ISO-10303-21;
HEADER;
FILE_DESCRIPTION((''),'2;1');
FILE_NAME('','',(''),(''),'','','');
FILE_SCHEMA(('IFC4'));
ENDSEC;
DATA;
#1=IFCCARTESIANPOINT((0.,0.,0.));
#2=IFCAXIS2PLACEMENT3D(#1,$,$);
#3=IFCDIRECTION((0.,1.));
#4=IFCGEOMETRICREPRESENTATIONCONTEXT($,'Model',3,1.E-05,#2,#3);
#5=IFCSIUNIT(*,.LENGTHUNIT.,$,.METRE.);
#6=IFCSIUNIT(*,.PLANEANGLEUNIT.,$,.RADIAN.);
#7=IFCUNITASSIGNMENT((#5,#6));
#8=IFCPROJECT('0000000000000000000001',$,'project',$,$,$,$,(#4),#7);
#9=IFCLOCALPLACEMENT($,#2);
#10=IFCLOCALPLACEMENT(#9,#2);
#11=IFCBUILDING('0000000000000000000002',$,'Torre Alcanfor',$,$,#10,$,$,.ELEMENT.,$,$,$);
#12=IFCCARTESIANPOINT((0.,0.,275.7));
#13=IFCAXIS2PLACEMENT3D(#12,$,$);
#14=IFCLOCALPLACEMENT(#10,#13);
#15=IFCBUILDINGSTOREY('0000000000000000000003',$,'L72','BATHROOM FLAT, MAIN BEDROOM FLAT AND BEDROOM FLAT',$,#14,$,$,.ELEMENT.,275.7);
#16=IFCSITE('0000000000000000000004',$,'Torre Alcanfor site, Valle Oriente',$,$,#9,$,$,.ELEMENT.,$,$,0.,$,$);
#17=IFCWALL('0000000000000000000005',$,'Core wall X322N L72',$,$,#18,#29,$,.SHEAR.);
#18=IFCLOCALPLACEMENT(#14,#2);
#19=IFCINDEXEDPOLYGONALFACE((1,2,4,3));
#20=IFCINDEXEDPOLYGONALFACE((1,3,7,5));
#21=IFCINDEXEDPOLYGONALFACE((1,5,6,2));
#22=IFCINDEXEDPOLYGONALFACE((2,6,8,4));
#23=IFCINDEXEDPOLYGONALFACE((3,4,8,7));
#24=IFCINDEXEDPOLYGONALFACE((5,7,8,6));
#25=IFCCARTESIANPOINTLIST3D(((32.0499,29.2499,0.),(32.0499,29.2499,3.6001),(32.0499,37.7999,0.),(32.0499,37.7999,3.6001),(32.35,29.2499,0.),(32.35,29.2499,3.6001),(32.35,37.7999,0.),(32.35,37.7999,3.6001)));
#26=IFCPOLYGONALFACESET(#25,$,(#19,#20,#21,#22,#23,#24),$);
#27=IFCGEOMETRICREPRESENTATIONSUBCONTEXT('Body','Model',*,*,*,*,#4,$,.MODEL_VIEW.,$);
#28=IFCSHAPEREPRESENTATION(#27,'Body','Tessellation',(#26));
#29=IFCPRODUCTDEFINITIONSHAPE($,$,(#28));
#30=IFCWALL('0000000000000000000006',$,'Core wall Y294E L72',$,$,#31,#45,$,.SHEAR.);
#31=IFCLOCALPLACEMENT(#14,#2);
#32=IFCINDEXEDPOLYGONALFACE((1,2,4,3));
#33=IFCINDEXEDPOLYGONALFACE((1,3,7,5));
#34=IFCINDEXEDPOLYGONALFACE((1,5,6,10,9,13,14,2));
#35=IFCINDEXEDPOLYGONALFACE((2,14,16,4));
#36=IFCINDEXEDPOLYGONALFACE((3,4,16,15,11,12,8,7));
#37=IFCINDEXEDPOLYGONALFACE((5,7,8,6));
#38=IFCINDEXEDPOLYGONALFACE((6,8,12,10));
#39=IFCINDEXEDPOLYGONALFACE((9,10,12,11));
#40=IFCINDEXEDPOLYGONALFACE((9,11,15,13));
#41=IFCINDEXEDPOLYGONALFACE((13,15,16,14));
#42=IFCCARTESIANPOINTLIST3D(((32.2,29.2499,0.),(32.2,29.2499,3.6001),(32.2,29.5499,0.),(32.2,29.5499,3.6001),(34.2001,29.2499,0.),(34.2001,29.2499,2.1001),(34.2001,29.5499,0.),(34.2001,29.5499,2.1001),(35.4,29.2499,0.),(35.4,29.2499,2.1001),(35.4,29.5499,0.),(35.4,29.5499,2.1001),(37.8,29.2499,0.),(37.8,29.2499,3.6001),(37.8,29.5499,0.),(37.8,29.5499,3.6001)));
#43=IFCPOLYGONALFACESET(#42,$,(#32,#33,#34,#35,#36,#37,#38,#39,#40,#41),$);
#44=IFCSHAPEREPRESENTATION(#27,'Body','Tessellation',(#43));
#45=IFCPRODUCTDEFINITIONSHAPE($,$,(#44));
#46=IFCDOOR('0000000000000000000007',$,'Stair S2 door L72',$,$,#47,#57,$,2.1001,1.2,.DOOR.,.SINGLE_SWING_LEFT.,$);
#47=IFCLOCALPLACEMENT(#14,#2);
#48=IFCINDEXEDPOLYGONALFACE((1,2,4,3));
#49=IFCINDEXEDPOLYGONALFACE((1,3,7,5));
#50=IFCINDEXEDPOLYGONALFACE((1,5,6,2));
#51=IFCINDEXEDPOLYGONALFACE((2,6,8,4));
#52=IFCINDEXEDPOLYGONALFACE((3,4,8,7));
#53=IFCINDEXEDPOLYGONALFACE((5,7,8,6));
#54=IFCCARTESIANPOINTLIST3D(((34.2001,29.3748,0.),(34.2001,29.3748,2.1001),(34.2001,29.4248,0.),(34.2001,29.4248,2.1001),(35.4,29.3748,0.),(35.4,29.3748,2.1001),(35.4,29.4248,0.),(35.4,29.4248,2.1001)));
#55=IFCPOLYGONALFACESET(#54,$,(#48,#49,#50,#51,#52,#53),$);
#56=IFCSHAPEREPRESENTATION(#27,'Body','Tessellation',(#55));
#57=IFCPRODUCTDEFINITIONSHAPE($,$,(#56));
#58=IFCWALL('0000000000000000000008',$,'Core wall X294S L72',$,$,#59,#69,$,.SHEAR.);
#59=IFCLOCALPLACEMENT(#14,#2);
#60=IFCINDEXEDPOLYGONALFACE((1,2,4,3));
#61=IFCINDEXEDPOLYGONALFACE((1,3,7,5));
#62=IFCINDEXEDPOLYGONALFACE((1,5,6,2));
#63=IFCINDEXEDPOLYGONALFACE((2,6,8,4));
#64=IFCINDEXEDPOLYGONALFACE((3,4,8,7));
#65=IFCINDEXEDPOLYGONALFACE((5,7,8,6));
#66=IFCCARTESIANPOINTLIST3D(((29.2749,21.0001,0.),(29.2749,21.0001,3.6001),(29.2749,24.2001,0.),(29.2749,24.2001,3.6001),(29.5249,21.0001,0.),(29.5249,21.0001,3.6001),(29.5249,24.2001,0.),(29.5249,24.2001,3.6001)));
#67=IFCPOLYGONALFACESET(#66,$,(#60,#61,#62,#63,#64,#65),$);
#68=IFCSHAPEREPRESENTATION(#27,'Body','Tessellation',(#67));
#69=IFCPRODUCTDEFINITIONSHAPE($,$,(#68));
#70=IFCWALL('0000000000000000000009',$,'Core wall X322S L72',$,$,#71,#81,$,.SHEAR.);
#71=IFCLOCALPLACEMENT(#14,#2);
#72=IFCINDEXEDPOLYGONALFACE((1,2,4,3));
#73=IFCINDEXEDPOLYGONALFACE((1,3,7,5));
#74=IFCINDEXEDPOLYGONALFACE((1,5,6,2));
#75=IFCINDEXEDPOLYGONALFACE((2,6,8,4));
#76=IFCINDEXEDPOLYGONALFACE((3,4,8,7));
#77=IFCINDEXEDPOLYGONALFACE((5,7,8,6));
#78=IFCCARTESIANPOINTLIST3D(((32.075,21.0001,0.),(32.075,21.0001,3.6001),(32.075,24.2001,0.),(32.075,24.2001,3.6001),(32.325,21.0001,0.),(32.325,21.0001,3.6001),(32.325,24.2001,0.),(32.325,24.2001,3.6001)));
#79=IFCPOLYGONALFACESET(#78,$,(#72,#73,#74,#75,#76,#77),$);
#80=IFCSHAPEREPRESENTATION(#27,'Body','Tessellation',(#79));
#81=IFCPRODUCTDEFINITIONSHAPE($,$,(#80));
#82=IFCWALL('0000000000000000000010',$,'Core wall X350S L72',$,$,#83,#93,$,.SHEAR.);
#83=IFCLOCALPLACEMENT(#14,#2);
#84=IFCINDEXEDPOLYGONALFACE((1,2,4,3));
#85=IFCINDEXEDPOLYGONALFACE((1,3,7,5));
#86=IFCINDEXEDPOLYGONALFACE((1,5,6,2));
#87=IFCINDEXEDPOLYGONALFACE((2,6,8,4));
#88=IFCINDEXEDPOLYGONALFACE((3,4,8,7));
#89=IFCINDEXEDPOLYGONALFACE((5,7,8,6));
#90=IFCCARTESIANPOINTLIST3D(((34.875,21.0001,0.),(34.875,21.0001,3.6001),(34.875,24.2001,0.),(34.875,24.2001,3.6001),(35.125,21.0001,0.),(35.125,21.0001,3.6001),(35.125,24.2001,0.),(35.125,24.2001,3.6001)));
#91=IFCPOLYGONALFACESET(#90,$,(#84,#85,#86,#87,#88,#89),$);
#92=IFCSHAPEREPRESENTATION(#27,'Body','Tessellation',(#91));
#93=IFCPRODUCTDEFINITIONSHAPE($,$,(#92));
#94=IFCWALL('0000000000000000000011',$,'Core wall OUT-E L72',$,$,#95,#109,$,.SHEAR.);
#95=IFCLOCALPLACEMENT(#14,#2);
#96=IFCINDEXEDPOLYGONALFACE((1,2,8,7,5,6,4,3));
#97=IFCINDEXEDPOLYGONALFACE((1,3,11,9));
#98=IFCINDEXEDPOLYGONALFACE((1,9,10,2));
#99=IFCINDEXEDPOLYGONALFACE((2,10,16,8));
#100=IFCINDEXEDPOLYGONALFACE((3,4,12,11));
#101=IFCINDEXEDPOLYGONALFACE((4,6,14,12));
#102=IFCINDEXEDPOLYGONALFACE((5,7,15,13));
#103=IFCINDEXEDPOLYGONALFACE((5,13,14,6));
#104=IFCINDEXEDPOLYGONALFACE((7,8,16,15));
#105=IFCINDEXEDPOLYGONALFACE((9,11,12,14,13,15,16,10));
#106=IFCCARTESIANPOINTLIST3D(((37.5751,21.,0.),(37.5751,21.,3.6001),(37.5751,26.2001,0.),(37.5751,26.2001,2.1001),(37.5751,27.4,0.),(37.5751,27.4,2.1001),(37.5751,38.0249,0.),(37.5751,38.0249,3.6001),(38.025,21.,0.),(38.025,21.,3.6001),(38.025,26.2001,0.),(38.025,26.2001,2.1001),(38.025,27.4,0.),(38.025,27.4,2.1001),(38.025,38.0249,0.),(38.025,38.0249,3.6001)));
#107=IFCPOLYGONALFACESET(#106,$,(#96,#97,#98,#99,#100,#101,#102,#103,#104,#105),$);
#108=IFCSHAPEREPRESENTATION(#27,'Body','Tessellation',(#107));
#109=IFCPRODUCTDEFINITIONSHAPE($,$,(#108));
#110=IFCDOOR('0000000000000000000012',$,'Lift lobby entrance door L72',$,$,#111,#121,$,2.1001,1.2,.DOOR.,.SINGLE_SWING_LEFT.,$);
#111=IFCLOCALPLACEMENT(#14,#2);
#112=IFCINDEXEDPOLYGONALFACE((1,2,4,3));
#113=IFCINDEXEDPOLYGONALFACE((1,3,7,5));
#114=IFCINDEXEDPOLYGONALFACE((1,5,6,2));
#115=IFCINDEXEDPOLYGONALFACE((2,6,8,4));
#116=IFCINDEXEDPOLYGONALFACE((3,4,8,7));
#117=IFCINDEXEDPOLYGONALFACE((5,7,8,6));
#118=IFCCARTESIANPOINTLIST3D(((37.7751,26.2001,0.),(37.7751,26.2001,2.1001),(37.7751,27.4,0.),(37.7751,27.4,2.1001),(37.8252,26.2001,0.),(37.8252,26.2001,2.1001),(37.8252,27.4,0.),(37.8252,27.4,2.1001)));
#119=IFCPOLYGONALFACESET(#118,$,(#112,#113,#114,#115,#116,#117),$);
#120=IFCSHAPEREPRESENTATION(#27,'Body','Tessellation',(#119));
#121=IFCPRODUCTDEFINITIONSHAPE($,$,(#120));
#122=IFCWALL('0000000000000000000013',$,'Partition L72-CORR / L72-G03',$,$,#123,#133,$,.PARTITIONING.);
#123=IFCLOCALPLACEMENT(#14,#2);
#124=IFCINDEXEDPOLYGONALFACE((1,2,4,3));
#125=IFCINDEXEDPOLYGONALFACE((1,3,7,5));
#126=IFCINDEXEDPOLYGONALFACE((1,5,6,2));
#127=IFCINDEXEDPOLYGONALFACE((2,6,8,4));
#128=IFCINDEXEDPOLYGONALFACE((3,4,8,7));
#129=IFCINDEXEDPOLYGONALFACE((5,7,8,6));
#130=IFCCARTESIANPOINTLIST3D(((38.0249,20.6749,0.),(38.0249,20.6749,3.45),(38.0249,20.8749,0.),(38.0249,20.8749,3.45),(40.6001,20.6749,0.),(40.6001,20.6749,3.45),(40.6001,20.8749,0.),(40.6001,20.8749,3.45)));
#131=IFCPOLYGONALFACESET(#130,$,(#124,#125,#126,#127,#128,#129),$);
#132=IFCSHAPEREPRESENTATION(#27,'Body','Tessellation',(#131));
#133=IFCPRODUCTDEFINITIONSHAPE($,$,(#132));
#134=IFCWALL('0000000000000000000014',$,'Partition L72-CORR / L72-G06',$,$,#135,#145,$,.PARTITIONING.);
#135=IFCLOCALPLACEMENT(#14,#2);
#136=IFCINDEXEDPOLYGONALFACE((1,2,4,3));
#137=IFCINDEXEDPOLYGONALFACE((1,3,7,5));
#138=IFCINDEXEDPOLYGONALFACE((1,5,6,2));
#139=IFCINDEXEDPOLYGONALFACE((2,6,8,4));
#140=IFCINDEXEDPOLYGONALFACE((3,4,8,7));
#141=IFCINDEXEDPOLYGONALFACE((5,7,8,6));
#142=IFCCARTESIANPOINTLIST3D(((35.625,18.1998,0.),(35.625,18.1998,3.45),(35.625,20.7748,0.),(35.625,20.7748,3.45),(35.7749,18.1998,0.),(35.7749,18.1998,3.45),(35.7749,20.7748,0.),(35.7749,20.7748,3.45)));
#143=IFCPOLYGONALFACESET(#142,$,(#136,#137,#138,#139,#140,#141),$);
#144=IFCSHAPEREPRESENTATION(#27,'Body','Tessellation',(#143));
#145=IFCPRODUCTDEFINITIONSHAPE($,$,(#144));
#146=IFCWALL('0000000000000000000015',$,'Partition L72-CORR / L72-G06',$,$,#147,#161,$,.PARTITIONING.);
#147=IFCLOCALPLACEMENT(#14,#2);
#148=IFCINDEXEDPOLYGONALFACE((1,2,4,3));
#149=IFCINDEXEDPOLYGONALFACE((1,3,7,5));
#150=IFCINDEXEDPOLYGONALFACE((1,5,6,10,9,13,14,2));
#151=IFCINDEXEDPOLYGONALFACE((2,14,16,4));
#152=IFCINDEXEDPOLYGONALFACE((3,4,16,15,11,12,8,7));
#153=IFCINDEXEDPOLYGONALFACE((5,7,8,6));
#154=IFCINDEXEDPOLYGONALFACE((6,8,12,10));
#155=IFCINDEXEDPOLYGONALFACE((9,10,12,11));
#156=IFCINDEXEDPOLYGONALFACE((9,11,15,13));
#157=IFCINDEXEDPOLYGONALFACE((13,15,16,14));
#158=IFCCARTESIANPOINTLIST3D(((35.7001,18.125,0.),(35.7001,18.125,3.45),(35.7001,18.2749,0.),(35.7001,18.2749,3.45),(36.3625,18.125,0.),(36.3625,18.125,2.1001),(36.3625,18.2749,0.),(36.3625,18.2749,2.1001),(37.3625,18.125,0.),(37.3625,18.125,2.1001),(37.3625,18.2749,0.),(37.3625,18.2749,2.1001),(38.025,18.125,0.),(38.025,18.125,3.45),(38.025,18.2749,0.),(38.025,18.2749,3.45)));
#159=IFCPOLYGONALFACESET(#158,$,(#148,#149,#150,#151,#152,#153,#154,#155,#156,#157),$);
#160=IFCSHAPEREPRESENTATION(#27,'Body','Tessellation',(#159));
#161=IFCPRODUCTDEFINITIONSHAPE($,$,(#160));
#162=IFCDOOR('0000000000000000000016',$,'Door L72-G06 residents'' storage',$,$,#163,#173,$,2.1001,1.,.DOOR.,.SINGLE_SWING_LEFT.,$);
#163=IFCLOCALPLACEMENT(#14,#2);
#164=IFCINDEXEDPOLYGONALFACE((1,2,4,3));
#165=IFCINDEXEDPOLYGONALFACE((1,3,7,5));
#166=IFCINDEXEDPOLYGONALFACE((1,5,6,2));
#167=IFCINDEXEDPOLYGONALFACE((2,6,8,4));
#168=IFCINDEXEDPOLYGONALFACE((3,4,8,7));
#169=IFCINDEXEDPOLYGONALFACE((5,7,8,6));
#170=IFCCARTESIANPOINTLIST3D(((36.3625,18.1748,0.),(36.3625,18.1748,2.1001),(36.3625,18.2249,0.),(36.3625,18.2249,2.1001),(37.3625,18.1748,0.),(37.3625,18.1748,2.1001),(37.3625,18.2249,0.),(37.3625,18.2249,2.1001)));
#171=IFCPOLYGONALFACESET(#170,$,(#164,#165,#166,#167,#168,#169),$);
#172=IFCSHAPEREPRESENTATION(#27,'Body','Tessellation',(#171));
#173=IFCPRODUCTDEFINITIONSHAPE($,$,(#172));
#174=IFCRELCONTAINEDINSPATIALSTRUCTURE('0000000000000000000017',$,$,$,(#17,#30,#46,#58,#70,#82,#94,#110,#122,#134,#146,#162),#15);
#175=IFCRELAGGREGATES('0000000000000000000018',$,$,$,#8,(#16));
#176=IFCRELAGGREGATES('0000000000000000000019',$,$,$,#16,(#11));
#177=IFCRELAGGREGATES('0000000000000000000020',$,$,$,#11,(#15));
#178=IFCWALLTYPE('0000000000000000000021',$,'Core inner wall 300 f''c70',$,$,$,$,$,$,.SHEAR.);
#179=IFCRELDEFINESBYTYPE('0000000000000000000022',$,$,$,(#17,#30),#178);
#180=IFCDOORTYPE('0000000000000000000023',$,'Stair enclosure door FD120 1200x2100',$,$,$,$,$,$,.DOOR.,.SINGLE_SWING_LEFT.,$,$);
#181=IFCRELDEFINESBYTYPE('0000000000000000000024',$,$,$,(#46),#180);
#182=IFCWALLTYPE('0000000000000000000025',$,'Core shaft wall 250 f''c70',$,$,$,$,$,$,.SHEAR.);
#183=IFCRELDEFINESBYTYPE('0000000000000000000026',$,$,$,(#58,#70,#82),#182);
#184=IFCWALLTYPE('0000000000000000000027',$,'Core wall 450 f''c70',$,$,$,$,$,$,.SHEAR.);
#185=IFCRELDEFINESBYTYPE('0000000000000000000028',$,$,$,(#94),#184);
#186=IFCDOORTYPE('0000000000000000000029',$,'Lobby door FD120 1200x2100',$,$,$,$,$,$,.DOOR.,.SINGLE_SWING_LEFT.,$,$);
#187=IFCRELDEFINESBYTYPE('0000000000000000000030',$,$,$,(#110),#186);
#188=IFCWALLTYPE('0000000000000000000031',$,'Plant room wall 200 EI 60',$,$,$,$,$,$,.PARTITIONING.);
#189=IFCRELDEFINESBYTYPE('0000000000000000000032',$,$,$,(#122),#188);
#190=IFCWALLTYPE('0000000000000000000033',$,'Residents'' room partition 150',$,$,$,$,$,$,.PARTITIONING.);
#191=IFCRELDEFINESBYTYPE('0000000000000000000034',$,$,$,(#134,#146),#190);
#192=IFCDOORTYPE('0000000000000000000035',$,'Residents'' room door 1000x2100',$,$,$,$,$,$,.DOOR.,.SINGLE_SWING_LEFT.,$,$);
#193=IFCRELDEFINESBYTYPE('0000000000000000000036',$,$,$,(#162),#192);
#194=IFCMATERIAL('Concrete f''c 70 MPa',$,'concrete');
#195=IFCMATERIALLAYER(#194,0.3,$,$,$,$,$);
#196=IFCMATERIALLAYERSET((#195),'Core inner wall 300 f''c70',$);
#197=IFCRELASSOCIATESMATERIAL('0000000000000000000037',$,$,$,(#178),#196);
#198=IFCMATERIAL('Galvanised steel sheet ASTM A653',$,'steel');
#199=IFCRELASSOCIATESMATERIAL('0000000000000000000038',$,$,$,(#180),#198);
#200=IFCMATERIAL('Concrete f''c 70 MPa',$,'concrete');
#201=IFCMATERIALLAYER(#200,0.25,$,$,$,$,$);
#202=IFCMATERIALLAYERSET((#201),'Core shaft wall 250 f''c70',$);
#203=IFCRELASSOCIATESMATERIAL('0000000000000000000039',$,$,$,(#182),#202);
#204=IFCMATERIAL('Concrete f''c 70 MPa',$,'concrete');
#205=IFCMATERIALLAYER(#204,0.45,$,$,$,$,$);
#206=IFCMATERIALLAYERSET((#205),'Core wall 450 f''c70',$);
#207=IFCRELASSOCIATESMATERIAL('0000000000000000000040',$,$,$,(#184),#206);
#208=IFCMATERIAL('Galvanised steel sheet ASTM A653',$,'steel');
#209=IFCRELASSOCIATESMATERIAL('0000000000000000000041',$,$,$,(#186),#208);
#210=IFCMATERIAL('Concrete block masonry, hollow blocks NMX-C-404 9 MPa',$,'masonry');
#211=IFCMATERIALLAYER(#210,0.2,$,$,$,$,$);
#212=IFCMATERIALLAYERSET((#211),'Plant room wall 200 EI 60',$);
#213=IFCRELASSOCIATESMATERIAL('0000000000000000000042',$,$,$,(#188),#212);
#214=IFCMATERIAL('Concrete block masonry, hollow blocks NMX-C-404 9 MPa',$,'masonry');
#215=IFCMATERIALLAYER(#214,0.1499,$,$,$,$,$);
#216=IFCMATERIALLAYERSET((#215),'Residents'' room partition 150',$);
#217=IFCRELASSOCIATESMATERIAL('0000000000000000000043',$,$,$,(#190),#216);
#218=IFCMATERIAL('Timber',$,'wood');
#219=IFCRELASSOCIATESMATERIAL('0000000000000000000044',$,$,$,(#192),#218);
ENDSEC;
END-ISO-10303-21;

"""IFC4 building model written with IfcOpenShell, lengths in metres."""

from ifc_helpers import new_model, si_unit, direction, frame, frame_2d, origin, place, context, subcontext, project, spatial, rectangle, extrude, material, layer, layer_set, type_object, element, fill, save


model = new_model("IFC4")

# Units and contexts
model_context = context("Model", 3, precision=1e-05, world=origin(), true_north=direction((0.0, 1.0)))
body_context = subcontext(model_context, "Body", "Model", "MODEL_VIEW")
ifc_project = project(units=[si_unit("LENGTHUNIT", "METRE"), si_unit("PLANEANGLEUNIT", "RADIAN")], contexts=[model_context])

# Site, building, storey
site_placement = place(None, origin())
site = spatial("IfcSite", under=ifc_project, at=site_placement, Name="Torre Alcanfor site, Valle Oriente", CompositionType="ELEMENT", RefElevation=0.0)
building_placement = place(site_placement, origin())
building = spatial("IfcBuilding", under=site, at=building_placement, Name="Torre Alcanfor", CompositionType="ELEMENT")
storey_placement = place(building_placement, frame((0.0, 0.0, 275.7)))
storey = spatial("IfcBuildingStorey", under=building, at=storey_placement, Name="L72", Description="BATHROOM FLAT, MAIN BEDROOM FLAT AND BEDROOM FLAT", CompositionType="ELEMENT", Elevation=275.7)

# Wall
ifc_material_1 = material(Name="Concrete f'c 70 MPa", Category="concrete")
ifc_layer_1 = layer(ifc_material_1, 0.3)
ifc_layer_set_1 = layer_set([ifc_layer_1], Name="Core inner wall 300 f'c70")
wall_type_1 = type_object("IfcWallType", Name="Core inner wall 300 f'c70", PredefinedType="SHEAR", material=ifc_layer_set_1)
wall_1_placement = place(storey_placement, frame((32.2, 29.25, 0.0), z_axis=(0.0, 0.0, 1.0), x_axis=(0.0, 1.0, 0.0)))
element("IfcWall", 1, at=wall_1_placement, inside=storey, type_object=wall_type_1, Name="Core wall X322N L72", PredefinedType="SHEAR", context=body_context, shape_type="SweptSolid", body=[
    extrude(rectangle(XDim=8.55, YDim=0.3, at=frame_2d((4.2749, 0.0))), origin(), (0.0, 0.0, 1.0), 3.6001),
])

# Wall, opening, door
wall_2_placement = place(storey_placement, frame((32.2, 29.3999, 0.0), z_axis=(0.0, 0.0, 1.0), x_axis=(1.0, 0.0, 0.0)))
wall_2 = element("IfcWall", 2, at=wall_2_placement, inside=storey, type_object=wall_type_1, Name="Core wall Y294E L72", PredefinedType="SHEAR", context=body_context, shape_type="SweptSolid", body=[
    extrude(rectangle(XDim=5.6001, YDim=0.3, at=frame_2d((2.8, 0.0))), origin(), (0.0, 0.0, 1.0), 3.6001),
])
opening_1_placement = place(wall_2_placement, frame((2.0, 0.0, 0.0)))
opening_1 = element("IfcOpeningElement", 3, at=opening_1_placement, cuts=wall_2, PredefinedType="OPENING", context=body_context, shape_type="SweptSolid", body=[
    extrude(rectangle(XDim=1.2, YDim=2.1001, at=frame_2d((0.6001, 1.05))), frame((0.0, 0.1599, 0.0), z_axis=(0.0, -1.0, 0.0), x_axis=(1.0, 0.0, 0.0)), (0.0, 0.0, 1.0), 0.3201),
])
ifc_material_2 = material(Name="Galvanised steel sheet ASTM A653", Category="steel")
door_type_1 = type_object("IfcDoorType", Name="Stair enclosure door FD120 1200x2100", OperationType="SINGLE_SWING_LEFT", PredefinedType="DOOR", material=ifc_material_2)
door_1_placement = place(opening_1_placement, origin())
door_1 = element("IfcDoor", 4, at=door_1_placement, inside=storey, type_object=door_type_1, Name="Stair S2 door L72", OperationType="SINGLE_SWING_LEFT", OverallHeight=2.1001, OverallWidth=1.2, PredefinedType="DOOR", context=body_context, shape_type="SweptSolid", body=[
    extrude(rectangle(XDim=1.2, YDim=2.1001, at=frame_2d((0.6001, 1.05))), frame((0.0, 0.0249, 0.0), z_axis=(0.0, -1.0, 0.0), x_axis=(1.0, 0.0, 0.0)), (0.0, 0.0, 1.0), 0.05),
])
fill(opening_1, door_1)

# Walls
ifc_material_3 = material(Name="Concrete f'c 70 MPa", Category="concrete")
ifc_layer_2 = layer(ifc_material_3, 0.25)
ifc_layer_set_2 = layer_set([ifc_layer_2], Name="Core shaft wall 250 f'c70")
wall_type_2 = type_object("IfcWallType", Name="Core shaft wall 250 f'c70", PredefinedType="SHEAR", material=ifc_layer_set_2)
for number, where, z_axis, x_axis, name in (
    (5, (29.3999, 21.0, 0.0), (0.0, 0.0, 1.0), (0.0, 1.0, 0.0), "Core wall X294S L72"),
    (6, (32.2, 21.0, 0.0), (0.0, 0.0, 1.0), (0.0, 1.0, 0.0), "Core wall X322S L72"),
    (7, (35.0, 21.0, 0.0), (0.0, 0.0, 1.0), (0.0, 1.0, 0.0), "Core wall X350S L72"),
):
    element("IfcWall", number, at=place(storey_placement, frame(where, z_axis=z_axis, x_axis=x_axis)), inside=storey, type_object=wall_type_2, Name=name, PredefinedType="SHEAR", context=body_context, shape_type="SweptSolid", body=[
        extrude(rectangle(XDim=3.2, YDim=0.25, at=frame_2d((1.6001, 0.0))), origin(), (0.0, 0.0, 1.0), 3.6001),
    ])

# Wall, opening, door
ifc_material_4 = material(Name="Concrete f'c 70 MPa", Category="concrete")
ifc_layer_3 = layer(ifc_material_4, 0.45)
ifc_layer_set_3 = layer_set([ifc_layer_3], Name="Core wall 450 f'c70")
wall_type_3 = type_object("IfcWallType", Name="Core wall 450 f'c70", PredefinedType="SHEAR", material=ifc_layer_set_3)
wall_3_placement = place(storey_placement, frame((37.8, 21.0, 0.0), z_axis=(0.0, 0.0, 1.0), x_axis=(0.0, 1.0, 0.0)))
wall_3 = element("IfcWall", 8, at=wall_3_placement, inside=storey, type_object=wall_type_3, Name="Core wall OUT-E L72", PredefinedType="SHEAR", context=body_context, shape_type="SweptSolid", body=[
    extrude(rectangle(XDim=17.0249, YDim=0.45, at=frame_2d((8.5125, 0.0))), origin(), (0.0, 0.0, 1.0), 3.6001),
])
opening_2_placement = place(wall_3_placement, frame((5.2, 0.0, 0.0)))
opening_2 = element("IfcOpeningElement", 9, at=opening_2_placement, cuts=wall_3, PredefinedType="OPENING", context=body_context, shape_type="SweptSolid", body=[
    extrude(rectangle(XDim=1.2, YDim=2.1001, at=frame_2d((0.6001, 1.05))), frame((0.0, 0.2349, 0.0), z_axis=(0.0, -1.0, 0.0), x_axis=(1.0, 0.0, 0.0)), (0.0, 0.0, 1.0), 0.47),
])
ifc_material_5 = material(Name="Galvanised steel sheet ASTM A653", Category="steel")
door_type_2 = type_object("IfcDoorType", Name="Lobby door FD120 1200x2100", OperationType="SINGLE_SWING_LEFT", PredefinedType="DOOR", material=ifc_material_5)
door_2_placement = place(opening_2_placement, origin())
door_2 = element("IfcDoor", 10, at=door_2_placement, inside=storey, type_object=door_type_2, Name="Lift lobby entrance door L72", OperationType="SINGLE_SWING_LEFT", OverallHeight=2.1001, OverallWidth=1.2, PredefinedType="DOOR", context=body_context, shape_type="SweptSolid", body=[
    extrude(rectangle(XDim=1.2, YDim=2.1001, at=frame_2d((0.6001, 1.05))), frame((0.0, 0.0249, 0.0), z_axis=(0.0, -1.0, 0.0), x_axis=(1.0, 0.0, 0.0)), (0.0, 0.0, 1.0), 0.05),
])
fill(opening_2, door_2)

# Walls
ifc_material_6 = material(Name="Concrete block masonry, hollow blocks NMX-C-404 9 MPa", Category="masonry")
ifc_layer_4 = layer(ifc_material_6, 0.2)
ifc_layer_set_4 = layer_set([ifc_layer_4], Name="Plant room wall 200 EI 60")
wall_type_4 = type_object("IfcWallType", Name="Plant room wall 200 EI 60", PredefinedType="PARTITIONING", material=ifc_layer_set_4)
wall_4_placement = place(storey_placement, frame((38.0249, 20.7749, 0.0), z_axis=(0.0, 0.0, 1.0), x_axis=(1.0, 0.0, 0.0)))
element("IfcWall", 11, at=wall_4_placement, inside=storey, type_object=wall_type_4, Name="Partition L72-CORR / L72-G03", PredefinedType="PARTITIONING", context=body_context, shape_type="SweptSolid", body=[
    extrude(rectangle(XDim=2.5752, YDim=0.2, at=frame_2d((1.2876, 0.0))), origin(), (0.0, 0.0, 1.0), 3.45),
])
ifc_material_7 = material(Name="Concrete block masonry, hollow blocks NMX-C-404 9 MPa", Category="masonry")
ifc_layer_5 = layer(ifc_material_7, 0.1499)
ifc_layer_set_5 = layer_set([ifc_layer_5], Name="Residents' room partition 150")
wall_type_5 = type_object("IfcWallType", Name="Residents' room partition 150", PredefinedType="PARTITIONING", material=ifc_layer_set_5)
wall_5_placement = place(storey_placement, frame((35.7, 20.7749, 0.0), z_axis=(0.0, 0.0, 1.0), x_axis=(0.0, -1.0, 0.0)))
element("IfcWall", 12, at=wall_5_placement, inside=storey, type_object=wall_type_5, Name="Partition L72-CORR / L72-G06", PredefinedType="PARTITIONING", context=body_context, shape_type="SweptSolid", body=[
    extrude(rectangle(XDim=2.575, YDim=0.1499, at=frame_2d((1.2876, 0.0))), origin(), (0.0, 0.0, 1.0), 3.45),
])

# Wall, opening, door
wall_6_placement = place(storey_placement, frame((35.7, 18.2, 0.0), z_axis=(0.0, 0.0, 1.0), x_axis=(1.0, 0.0, 0.0)))
wall_6 = element("IfcWall", 13, at=wall_6_placement, inside=storey, type_object=wall_type_5, Name="Partition L72-CORR / L72-G06", PredefinedType="PARTITIONING", context=body_context, shape_type="SweptSolid", body=[
    extrude(rectangle(XDim=2.325, YDim=0.1499, at=frame_2d((1.1626, 0.0))), origin(), (0.0, 0.0, 1.0), 3.45),
])
opening_3_placement = place(wall_6_placement, frame((0.6626, 0.0, 0.0)))
opening_3 = element("IfcOpeningElement", 14, at=opening_3_placement, cuts=wall_6, PredefinedType="OPENING", context=body_context, shape_type="SweptSolid", body=[
    extrude(rectangle(XDim=1.0, YDim=2.1001, at=frame_2d((0.5, 1.05))), frame((0.0, 0.085, 0.0), z_axis=(0.0, -1.0, 0.0), x_axis=(1.0, 0.0, 0.0)), (0.0, 0.0, 1.0), 0.1699),
])
ifc_material_8 = material(Name="Timber", Category="wood")
door_type_3 = type_object("IfcDoorType", Name="Residents' room door 1000x2100", OperationType="SINGLE_SWING_LEFT", PredefinedType="DOOR", material=ifc_material_8)
door_3_placement = place(opening_3_placement, origin())
door_3 = element("IfcDoor", 15, at=door_3_placement, inside=storey, type_object=door_type_3, Name="Door L72-G06 residents' storage", OperationType="SINGLE_SWING_LEFT", OverallHeight=2.1001, OverallWidth=1.0, PredefinedType="DOOR", context=body_context, shape_type="SweptSolid", body=[
    extrude(rectangle(XDim=1.0, YDim=2.1001, at=frame_2d((0.5, 1.05))), frame((0.0, 0.0249, 0.0), z_axis=(0.0, -1.0, 0.0), x_axis=(1.0, 0.0, 0.0)), (0.0, 0.0, 1.0), 0.05),
])
fill(opening_3, door_3)

save(model, "model.ifc")
